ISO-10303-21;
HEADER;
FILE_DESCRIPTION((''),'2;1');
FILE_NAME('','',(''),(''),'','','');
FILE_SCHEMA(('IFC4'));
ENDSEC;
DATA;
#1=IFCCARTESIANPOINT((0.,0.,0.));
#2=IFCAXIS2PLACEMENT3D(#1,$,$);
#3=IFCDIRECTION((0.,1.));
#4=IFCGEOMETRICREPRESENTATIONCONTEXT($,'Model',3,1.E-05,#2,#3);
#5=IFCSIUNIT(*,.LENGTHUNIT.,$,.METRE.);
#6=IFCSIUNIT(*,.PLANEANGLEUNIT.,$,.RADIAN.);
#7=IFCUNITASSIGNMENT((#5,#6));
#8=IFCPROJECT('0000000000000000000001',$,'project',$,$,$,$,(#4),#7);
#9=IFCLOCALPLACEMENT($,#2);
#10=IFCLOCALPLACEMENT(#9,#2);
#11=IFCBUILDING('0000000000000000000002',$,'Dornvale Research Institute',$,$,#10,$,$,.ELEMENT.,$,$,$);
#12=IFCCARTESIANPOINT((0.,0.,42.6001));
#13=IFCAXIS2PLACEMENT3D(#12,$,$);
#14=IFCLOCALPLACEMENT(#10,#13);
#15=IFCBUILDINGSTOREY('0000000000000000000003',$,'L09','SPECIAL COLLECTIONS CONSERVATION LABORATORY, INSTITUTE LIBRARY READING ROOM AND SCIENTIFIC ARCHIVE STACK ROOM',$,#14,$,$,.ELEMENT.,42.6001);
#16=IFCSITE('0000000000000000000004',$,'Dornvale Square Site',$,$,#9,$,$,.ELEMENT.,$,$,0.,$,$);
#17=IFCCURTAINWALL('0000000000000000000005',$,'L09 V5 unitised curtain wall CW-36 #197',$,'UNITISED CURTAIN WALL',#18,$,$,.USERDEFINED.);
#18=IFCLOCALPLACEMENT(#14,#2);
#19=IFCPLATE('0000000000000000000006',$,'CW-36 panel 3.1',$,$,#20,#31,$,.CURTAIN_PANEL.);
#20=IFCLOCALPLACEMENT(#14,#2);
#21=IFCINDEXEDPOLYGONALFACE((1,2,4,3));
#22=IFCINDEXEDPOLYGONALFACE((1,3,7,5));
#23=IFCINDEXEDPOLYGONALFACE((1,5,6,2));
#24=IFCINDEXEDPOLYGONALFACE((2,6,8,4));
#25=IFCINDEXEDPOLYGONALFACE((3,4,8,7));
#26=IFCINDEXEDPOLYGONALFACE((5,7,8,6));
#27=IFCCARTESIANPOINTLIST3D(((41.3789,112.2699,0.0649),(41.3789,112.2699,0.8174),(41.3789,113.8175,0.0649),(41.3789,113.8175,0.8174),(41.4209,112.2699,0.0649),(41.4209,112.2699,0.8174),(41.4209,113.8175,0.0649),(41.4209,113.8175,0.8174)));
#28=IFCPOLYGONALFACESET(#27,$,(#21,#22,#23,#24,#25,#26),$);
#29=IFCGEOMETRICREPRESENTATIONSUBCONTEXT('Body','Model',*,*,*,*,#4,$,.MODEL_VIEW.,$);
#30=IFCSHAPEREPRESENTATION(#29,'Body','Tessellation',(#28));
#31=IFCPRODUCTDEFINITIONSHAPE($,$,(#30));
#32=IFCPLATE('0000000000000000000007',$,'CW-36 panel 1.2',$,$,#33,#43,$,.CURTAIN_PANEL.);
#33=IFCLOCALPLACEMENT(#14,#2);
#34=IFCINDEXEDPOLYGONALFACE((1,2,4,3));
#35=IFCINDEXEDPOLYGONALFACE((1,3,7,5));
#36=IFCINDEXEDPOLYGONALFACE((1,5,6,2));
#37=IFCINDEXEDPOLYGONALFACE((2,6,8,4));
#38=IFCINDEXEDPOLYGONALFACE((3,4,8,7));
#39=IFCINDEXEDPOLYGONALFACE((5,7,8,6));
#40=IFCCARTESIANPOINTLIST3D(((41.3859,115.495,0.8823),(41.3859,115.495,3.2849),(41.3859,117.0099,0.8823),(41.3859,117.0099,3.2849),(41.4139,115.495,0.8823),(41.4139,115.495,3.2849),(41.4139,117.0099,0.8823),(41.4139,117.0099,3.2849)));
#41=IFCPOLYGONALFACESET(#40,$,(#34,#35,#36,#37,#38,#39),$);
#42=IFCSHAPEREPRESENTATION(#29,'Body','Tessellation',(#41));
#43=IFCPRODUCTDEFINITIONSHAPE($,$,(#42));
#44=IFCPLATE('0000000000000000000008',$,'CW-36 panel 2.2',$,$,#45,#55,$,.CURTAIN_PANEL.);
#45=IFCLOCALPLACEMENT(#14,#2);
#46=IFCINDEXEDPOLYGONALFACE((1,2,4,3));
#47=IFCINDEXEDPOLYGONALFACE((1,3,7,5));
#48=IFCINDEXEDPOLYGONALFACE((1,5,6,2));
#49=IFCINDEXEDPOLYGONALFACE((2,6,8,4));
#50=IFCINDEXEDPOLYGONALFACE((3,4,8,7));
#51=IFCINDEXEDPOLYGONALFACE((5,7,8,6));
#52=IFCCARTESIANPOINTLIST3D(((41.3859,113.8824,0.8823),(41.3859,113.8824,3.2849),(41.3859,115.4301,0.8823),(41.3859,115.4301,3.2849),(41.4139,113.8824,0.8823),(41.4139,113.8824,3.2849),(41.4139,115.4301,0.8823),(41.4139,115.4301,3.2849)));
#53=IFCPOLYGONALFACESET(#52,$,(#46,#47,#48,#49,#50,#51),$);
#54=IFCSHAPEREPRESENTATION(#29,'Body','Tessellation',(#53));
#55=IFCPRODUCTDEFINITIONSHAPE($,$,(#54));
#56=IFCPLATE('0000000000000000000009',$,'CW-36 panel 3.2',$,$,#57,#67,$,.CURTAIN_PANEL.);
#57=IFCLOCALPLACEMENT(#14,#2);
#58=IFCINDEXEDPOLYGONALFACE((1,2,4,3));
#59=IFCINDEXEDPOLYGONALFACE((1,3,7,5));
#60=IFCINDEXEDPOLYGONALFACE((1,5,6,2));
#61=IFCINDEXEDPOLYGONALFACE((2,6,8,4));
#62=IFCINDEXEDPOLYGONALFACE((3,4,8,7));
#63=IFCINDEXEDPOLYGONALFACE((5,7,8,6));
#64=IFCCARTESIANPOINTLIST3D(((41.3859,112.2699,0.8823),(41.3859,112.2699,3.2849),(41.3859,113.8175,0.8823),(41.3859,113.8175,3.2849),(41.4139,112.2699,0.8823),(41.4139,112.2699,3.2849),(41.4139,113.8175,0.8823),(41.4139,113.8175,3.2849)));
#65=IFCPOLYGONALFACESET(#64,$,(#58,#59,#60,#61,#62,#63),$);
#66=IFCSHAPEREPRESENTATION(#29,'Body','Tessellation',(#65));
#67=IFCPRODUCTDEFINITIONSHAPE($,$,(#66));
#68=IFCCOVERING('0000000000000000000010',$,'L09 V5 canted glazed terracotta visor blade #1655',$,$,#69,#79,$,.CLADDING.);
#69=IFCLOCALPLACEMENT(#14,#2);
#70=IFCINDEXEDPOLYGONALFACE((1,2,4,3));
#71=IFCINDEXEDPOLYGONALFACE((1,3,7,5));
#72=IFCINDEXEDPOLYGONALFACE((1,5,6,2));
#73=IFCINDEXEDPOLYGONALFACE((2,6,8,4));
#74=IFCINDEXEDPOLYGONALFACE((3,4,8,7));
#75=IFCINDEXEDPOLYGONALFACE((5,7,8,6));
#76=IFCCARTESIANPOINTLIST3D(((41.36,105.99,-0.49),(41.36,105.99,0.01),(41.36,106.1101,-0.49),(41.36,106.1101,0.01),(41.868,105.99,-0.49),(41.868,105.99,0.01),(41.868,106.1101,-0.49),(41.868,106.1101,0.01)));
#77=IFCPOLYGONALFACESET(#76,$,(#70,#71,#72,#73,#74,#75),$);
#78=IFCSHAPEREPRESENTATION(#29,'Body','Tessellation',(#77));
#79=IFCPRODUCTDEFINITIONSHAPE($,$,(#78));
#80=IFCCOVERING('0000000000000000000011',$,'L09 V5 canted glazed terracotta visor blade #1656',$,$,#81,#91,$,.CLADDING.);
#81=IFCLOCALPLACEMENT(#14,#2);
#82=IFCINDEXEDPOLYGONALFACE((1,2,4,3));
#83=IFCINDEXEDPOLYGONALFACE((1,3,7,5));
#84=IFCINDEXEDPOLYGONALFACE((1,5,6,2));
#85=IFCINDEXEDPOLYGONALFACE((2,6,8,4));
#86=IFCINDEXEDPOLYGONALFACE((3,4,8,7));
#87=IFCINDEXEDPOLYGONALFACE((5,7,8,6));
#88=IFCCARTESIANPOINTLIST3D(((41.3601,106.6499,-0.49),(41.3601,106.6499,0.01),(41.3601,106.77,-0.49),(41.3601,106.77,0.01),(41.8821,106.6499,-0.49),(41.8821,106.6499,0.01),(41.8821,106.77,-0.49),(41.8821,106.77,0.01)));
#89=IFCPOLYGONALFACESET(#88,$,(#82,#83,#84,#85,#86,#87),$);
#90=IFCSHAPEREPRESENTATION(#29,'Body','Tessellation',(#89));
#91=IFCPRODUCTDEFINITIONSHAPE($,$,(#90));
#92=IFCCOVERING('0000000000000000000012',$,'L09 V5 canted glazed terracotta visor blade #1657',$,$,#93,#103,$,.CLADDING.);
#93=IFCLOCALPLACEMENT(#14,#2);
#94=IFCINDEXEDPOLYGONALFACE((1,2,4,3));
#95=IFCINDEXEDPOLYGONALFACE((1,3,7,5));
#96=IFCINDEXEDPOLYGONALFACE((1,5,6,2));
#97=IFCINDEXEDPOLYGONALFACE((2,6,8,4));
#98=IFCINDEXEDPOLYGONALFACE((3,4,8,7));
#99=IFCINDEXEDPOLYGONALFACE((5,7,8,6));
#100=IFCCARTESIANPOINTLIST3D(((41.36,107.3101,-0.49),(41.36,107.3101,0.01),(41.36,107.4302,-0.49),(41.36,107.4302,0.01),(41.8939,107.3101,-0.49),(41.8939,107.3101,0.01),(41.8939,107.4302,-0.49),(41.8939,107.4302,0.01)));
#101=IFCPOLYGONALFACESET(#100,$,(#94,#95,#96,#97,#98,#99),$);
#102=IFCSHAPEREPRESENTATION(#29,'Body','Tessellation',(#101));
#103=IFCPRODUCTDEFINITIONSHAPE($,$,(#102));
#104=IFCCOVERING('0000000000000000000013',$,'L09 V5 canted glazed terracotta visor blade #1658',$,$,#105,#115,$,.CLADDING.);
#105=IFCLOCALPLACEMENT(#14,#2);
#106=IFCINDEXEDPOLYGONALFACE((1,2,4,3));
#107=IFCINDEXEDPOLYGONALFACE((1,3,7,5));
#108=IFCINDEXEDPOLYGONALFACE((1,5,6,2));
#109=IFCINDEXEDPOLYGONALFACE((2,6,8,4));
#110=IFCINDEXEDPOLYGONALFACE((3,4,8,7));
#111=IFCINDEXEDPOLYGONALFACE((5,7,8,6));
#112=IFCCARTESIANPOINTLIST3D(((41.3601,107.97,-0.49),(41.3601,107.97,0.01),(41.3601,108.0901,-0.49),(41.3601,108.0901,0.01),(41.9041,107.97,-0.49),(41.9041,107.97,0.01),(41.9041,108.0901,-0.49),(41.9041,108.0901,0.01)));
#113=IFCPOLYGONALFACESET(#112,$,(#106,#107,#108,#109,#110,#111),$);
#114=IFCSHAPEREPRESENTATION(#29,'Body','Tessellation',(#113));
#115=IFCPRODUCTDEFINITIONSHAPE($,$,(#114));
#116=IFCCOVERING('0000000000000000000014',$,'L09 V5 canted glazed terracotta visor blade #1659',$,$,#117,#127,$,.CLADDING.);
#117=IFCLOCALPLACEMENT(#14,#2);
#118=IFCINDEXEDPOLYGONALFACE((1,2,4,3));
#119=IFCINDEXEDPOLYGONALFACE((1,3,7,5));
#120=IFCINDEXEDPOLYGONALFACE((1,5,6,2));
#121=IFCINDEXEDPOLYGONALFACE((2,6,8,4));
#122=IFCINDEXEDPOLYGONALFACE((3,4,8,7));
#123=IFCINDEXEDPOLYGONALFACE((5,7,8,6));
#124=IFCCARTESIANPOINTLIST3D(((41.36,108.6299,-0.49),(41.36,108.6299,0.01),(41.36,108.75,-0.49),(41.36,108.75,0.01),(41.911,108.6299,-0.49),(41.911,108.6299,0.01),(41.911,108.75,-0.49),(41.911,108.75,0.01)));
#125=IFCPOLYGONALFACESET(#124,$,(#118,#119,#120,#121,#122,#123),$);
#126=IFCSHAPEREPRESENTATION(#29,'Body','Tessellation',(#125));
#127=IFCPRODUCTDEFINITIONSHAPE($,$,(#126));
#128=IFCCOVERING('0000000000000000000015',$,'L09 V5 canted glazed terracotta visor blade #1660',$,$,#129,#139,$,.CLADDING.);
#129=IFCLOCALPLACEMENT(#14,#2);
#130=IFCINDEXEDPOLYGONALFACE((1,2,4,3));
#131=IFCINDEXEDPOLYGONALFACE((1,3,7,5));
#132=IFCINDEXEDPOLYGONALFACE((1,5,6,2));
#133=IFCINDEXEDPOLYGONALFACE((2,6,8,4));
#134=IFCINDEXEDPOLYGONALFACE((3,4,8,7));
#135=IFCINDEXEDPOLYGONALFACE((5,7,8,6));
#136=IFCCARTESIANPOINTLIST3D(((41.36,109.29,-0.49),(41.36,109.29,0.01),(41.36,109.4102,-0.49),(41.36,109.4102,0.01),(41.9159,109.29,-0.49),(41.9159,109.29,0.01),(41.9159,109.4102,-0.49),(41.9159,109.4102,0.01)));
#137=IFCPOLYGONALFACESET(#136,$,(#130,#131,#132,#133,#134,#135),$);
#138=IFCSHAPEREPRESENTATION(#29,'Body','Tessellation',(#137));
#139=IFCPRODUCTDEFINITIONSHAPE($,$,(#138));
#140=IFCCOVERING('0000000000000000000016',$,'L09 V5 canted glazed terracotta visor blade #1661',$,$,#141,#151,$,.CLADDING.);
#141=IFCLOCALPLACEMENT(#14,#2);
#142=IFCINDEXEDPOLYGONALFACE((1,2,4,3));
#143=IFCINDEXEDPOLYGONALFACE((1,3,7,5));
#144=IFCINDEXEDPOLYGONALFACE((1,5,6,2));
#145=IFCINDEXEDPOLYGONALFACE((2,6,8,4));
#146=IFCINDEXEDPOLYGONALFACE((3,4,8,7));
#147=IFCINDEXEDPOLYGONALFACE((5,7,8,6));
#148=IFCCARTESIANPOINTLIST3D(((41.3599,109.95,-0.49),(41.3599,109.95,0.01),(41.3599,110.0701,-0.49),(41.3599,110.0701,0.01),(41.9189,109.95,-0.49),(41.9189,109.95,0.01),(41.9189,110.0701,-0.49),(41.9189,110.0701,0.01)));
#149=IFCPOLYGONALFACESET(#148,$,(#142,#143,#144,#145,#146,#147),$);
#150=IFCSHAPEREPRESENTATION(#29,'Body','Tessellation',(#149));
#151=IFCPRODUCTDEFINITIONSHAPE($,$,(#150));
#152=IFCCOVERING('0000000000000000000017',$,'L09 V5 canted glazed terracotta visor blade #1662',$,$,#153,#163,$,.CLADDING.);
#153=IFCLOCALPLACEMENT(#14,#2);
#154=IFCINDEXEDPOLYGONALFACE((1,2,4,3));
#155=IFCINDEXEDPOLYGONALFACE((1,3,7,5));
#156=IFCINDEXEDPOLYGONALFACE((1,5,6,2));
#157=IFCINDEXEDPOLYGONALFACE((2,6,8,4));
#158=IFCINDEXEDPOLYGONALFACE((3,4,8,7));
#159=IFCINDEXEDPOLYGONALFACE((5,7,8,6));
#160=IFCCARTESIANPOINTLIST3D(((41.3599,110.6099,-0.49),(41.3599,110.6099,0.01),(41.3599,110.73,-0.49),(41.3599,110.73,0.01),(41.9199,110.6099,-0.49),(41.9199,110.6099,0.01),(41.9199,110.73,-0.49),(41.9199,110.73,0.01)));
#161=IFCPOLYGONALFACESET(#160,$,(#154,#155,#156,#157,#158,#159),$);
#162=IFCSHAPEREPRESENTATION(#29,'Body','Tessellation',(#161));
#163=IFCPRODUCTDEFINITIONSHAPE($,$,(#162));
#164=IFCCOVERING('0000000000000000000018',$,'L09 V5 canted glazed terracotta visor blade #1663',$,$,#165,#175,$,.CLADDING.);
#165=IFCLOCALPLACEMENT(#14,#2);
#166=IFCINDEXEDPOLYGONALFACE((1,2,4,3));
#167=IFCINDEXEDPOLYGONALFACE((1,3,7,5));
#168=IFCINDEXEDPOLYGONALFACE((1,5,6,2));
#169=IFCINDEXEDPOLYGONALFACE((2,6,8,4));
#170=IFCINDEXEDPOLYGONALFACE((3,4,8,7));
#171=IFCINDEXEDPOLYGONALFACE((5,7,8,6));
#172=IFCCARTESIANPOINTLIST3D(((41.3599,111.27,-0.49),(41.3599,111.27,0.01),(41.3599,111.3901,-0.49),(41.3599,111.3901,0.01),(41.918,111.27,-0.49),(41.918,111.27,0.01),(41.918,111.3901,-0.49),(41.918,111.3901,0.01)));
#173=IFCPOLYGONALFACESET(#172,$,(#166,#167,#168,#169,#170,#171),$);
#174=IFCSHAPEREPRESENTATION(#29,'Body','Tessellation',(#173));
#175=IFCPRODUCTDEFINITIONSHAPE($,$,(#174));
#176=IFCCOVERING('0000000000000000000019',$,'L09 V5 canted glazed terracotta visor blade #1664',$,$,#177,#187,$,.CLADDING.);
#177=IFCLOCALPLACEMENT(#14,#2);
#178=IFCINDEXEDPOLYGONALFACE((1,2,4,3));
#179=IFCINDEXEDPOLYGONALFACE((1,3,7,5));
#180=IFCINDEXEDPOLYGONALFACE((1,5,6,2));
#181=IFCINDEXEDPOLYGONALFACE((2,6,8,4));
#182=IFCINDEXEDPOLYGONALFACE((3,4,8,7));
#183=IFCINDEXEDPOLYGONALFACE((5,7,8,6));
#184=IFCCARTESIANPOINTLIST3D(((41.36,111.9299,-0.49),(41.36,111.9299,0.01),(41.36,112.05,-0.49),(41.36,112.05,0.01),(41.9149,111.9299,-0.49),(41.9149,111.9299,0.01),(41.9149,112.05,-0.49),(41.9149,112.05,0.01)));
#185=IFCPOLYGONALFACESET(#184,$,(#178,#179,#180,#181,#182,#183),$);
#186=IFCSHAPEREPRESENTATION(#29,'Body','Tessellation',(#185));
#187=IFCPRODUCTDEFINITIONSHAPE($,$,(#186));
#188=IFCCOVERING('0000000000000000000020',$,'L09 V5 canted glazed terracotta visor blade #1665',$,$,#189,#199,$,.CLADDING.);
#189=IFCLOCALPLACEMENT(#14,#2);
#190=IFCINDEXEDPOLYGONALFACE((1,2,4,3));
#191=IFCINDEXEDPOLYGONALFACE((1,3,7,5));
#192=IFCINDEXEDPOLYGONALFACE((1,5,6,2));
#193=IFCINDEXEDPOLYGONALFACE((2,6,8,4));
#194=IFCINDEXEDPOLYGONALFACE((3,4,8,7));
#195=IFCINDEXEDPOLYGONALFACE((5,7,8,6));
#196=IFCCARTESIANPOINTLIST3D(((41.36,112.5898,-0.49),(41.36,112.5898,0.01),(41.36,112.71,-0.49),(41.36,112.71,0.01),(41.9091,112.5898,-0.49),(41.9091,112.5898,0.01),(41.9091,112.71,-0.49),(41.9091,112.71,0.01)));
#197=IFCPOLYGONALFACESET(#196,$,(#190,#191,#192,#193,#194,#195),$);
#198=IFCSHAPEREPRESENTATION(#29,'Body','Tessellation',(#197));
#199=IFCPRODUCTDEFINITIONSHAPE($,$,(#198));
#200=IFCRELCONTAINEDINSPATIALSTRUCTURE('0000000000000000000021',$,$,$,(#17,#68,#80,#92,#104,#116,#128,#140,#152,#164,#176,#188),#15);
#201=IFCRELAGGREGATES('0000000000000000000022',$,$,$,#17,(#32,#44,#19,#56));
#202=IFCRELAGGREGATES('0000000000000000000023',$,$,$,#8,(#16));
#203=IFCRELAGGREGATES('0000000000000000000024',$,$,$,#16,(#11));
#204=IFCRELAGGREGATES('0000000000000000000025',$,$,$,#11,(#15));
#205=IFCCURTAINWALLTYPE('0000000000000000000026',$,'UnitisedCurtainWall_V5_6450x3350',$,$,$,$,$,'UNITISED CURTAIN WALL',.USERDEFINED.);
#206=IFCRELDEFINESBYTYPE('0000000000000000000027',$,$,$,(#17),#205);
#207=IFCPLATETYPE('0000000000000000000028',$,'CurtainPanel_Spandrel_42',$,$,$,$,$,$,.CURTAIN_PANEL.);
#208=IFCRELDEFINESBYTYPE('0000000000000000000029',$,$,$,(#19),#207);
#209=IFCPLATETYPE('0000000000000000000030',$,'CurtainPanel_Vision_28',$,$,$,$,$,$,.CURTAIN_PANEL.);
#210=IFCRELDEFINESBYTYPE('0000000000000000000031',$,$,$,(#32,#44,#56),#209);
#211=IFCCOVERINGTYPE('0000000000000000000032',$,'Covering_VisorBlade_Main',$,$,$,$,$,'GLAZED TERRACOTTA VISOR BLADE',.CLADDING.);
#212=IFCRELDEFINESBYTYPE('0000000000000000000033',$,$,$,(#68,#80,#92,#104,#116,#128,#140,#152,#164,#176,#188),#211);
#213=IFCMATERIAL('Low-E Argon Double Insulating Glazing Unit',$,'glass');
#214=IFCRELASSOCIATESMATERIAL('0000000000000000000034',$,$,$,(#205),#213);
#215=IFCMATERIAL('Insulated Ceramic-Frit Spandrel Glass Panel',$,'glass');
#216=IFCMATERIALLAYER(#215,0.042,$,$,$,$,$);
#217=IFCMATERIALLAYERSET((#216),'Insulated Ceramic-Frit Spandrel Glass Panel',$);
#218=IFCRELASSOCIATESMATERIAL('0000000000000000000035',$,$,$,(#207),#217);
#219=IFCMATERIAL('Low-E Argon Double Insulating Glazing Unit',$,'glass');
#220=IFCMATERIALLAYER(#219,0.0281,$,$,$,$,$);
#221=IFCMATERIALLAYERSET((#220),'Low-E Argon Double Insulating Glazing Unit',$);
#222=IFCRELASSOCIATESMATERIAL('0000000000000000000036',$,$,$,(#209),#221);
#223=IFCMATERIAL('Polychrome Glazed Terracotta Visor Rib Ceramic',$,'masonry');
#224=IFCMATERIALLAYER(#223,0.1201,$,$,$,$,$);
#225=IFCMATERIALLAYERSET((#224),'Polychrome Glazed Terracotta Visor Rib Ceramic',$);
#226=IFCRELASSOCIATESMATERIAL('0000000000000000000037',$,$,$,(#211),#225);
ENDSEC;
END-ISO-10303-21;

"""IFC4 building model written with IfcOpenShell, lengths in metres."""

from ifc_helpers import new_model, si_unit, direction, frame, origin, origin_2d, place, context, subcontext, project, spatial, rectangle, extrude, material, layer, layer_set, type_object, element, aggregate, save


model = new_model("IFC4")

# Units and contexts
model_context = context("Model", 3, precision=1e-05, world=origin(), true_north=direction((0.0, 1.0)))
body_context = subcontext(model_context, "Body", "Model", "MODEL_VIEW")
ifc_project = project(units=[si_unit("LENGTHUNIT", "METRE"), si_unit("PLANEANGLEUNIT", "RADIAN")], contexts=[model_context])

# Site, building, storey
site_placement = place(None, origin())
site = spatial("IfcSite", under=ifc_project, at=site_placement, Name="Dornvale Square Site", CompositionType="ELEMENT", RefElevation=0.0)
building_placement = place(site_placement, origin())
building = spatial("IfcBuilding", under=site, at=building_placement, Name="Dornvale Research Institute", CompositionType="ELEMENT")
storey_placement = place(building_placement, frame((0.0, 0.0, 42.6001)))
storey = spatial("IfcBuildingStorey", under=building, at=storey_placement, Name="L09", Description="SPECIAL COLLECTIONS CONSERVATION LABORATORY, INSTITUTE LIBRARY READING ROOM AND SCIENTIFIC ARCHIVE STACK ROOM", CompositionType="ELEMENT", Elevation=42.6001)

# Curtain wall, plates
ifc_material_1 = material(Name="Low-E Argon Double Insulating Glazing Unit", Category="glass")
curtain_wall_type = type_object("IfcCurtainWallType", Name="UnitisedCurtainWall_V5_6450x3350", ElementType="UNITISED CURTAIN WALL", PredefinedType="USERDEFINED", material=ifc_material_1)
curtain_wall_placement = place(storey_placement, origin())
curtain_wall = element("IfcCurtainWall", 1, at=curtain_wall_placement, inside=storey, type_object=curtain_wall_type, Name="L09 V5 unitised curtain wall CW-36 #197", ObjectType="UNITISED CURTAIN WALL", PredefinedType="USERDEFINED")
ifc_material_2 = material(Name="Insulated Ceramic-Frit Spandrel Glass Panel", Category="glass")
ifc_layer_1 = layer(ifc_material_2, 0.042)
ifc_layer_set_1 = layer_set([ifc_layer_1], Name="Insulated Ceramic-Frit Spandrel Glass Panel")
plate_type_1 = type_object("IfcPlateType", Name="CurtainPanel_Spandrel_42", PredefinedType="CURTAIN_PANEL", material=ifc_layer_set_1)
plate_1_placement = place(storey_placement, frame((41.3999, 113.0437, 0.0649), z_axis=(0.0, 0.0, 1.0), x_axis=(0.0, -1.0, 0.0)))
plate_1 = element("IfcPlate", 2, at=plate_1_placement, type_object=plate_type_1, Name="CW-36 panel 3.1", PredefinedType="CURTAIN_PANEL", context=body_context, shape_type="SweptSolid", body=[
    extrude(rectangle(XDim=1.5476, YDim=0.042, at=origin_2d()), origin(), (0.0, 0.0, 1.0), 0.7524),
])
ifc_material_3 = material(Name="Low-E Argon Double Insulating Glazing Unit", Category="glass")
ifc_layer_2 = layer(ifc_material_3, 0.0281)
ifc_layer_set_2 = layer_set([ifc_layer_2], Name="Low-E Argon Double Insulating Glazing Unit")
plate_type_2 = type_object("IfcPlateType", Name="CurtainPanel_Vision_28", PredefinedType="CURTAIN_PANEL", material=ifc_layer_set_2)
plate_2_placement = place(storey_placement, frame((41.3999, 116.2524, 0.8823), z_axis=(0.0, 0.0, 1.0), x_axis=(0.0, -1.0, 0.0)))
plate_2 = element("IfcPlate", 3, at=plate_2_placement, type_object=plate_type_2, Name="CW-36 panel 1.2", PredefinedType="CURTAIN_PANEL", context=body_context, shape_type="SweptSolid", body=[
    extrude(rectangle(XDim=1.5149, YDim=0.0281, at=origin_2d()), origin(), (0.0, 0.0, 1.0), 2.4026),
])
plate_3_placement = place(storey_placement, frame((41.3999, 114.6562, 0.8823), z_axis=(0.0, 0.0, 1.0), x_axis=(0.0, -1.0, 0.0)))
plate_3 = element("IfcPlate", 4, at=plate_3_placement, type_object=plate_type_2, Name="CW-36 panel 2.2", PredefinedType="CURTAIN_PANEL", context=body_context, shape_type="SweptSolid", body=[
    extrude(rectangle(XDim=1.5476, YDim=0.0281, at=origin_2d()), origin(), (0.0, 0.0, 1.0), 2.4026),
])
plate_4_placement = place(storey_placement, frame((41.3999, 113.0437, 0.8823), z_axis=(0.0, 0.0, 1.0), x_axis=(0.0, -1.0, 0.0)))
plate_4 = element("IfcPlate", 5, at=plate_4_placement, type_object=plate_type_2, Name="CW-36 panel 3.2", PredefinedType="CURTAIN_PANEL", context=body_context, shape_type="SweptSolid", body=[
    extrude(rectangle(XDim=1.5476, YDim=0.0281, at=origin_2d()), origin(), (0.0, 0.0, 1.0), 2.4026),
])
aggregate(curtain_wall, [plate_2, plate_3, plate_1, plate_4])

# Coverings
ifc_material_4 = material(Name="Polychrome Glazed Terracotta Visor Rib Ceramic", Category="masonry")
ifc_layer_3 = layer(ifc_material_4, 0.1201)
ifc_layer_set_3 = layer_set([ifc_layer_3], Name="Polychrome Glazed Terracotta Visor Rib Ceramic")
covering_type = type_object("IfcCoveringType", Name="Covering_VisorBlade_Main", ElementType="GLAZED TERRACOTTA VISOR BLADE", PredefinedType="CLADDING", material=ifc_layer_set_3)
covering_1_placement = place(storey_placement, frame((41.614, 106.05, -0.49), z_axis=(0.0, 0.0, 1.0), x_axis=(1.0, 0.0, 0.0)))
element("IfcCovering", 6, at=covering_1_placement, inside=storey, type_object=covering_type, Name="L09 V5 canted glazed terracotta visor blade #1655", PredefinedType="CLADDING", context=body_context, shape_type="SweptSolid", body=[
    extrude(rectangle(XDim=0.5081, YDim=0.1201, at=origin_2d()), origin(), (0.0, 0.0, 1.0), 0.5),
])
covering_2_placement = place(storey_placement, frame((41.6211, 106.71, -0.49), z_axis=(0.0, 0.0, 1.0), x_axis=(1.0, 0.0, 0.0)))
element("IfcCovering", 7, at=covering_2_placement, inside=storey, type_object=covering_type, Name="L09 V5 canted glazed terracotta visor blade #1656", PredefinedType="CLADDING", context=body_context, shape_type="SweptSolid", body=[
    extrude(rectangle(XDim=0.522, YDim=0.1201, at=origin_2d()), origin(), (0.0, 0.0, 1.0), 0.5),
])
covering_3_placement = place(storey_placement, frame((41.627, 107.3701, -0.49), z_axis=(0.0, 0.0, 1.0), x_axis=(1.0, 0.0, 0.0)))
element("IfcCovering", 8, at=covering_3_placement, inside=storey, type_object=covering_type, Name="L09 V5 canted glazed terracotta visor blade #1657", PredefinedType="CLADDING", context=body_context, shape_type="SweptSolid", body=[
    extrude(rectangle(XDim=0.5339, YDim=0.1201, at=origin_2d()), origin(), (0.0, 0.0, 1.0), 0.5),
])
covering_4_placement = place(storey_placement, frame((41.6321, 108.03, -0.49), z_axis=(0.0, 0.0, 1.0), x_axis=(1.0, 0.0, 0.0)))
element("IfcCovering", 9, at=covering_4_placement, inside=storey, type_object=covering_type, Name="L09 V5 canted glazed terracotta visor blade #1658", PredefinedType="CLADDING", context=body_context, shape_type="SweptSolid", body=[
    extrude(rectangle(XDim=0.5439, YDim=0.1201, at=origin_2d()), origin(), (0.0, 0.0, 1.0), 0.5),
])
covering_5_placement = place(storey_placement, frame((41.6355, 108.6899, -0.49), z_axis=(0.0, 0.0, 1.0), x_axis=(1.0, 0.0, 0.0)))
element("IfcCovering", 10, at=covering_5_placement, inside=storey, type_object=covering_type, Name="L09 V5 canted glazed terracotta visor blade #1659", PredefinedType="CLADDING", context=body_context, shape_type="SweptSolid", body=[
    extrude(rectangle(XDim=0.551, YDim=0.1201, at=origin_2d()), origin(), (0.0, 0.0, 1.0), 0.5),
])
covering_6_placement = place(storey_placement, frame((41.6379, 109.3501, -0.49), z_axis=(0.0, 0.0, 1.0), x_axis=(1.0, 0.0, 0.0)))
element("IfcCovering", 11, at=covering_6_placement, inside=storey, type_object=covering_type, Name="L09 V5 canted glazed terracotta visor blade #1660", PredefinedType="CLADDING", context=body_context, shape_type="SweptSolid", body=[
    extrude(rectangle(XDim=0.5559, YDim=0.1201, at=origin_2d()), origin(), (0.0, 0.0, 1.0), 0.5),
])
covering_7_placement = place(storey_placement, frame((41.6394, 110.01, -0.49), z_axis=(0.0, 0.0, 1.0), x_axis=(1.0, 0.0, 0.0)))
element("IfcCovering", 12, at=covering_7_placement, inside=storey, type_object=covering_type, Name="L09 V5 canted glazed terracotta visor blade #1661", PredefinedType="CLADDING", context=body_context, shape_type="SweptSolid", body=[
    extrude(rectangle(XDim=0.5591, YDim=0.1201, at=origin_2d()), origin(), (0.0, 0.0, 1.0), 0.5),
])
covering_8_placement = place(storey_placement, frame((41.6399, 110.6699, -0.49), z_axis=(0.0, 0.0, 1.0), x_axis=(1.0, 0.0, 0.0)))
element("IfcCovering", 13, at=covering_8_placement, inside=storey, type_object=covering_type, Name="L09 V5 canted glazed terracotta visor blade #1662", PredefinedType="CLADDING", context=body_context, shape_type="SweptSolid", body=[
    extrude(rectangle(XDim=0.5601, YDim=0.1201, at=origin_2d()), origin(), (0.0, 0.0, 1.0), 0.5),
])
covering_9_placement = place(storey_placement, frame((41.6389, 111.3301, -0.49), z_axis=(0.0, 0.0, 1.0), x_axis=(1.0, 0.0, 0.0)))
element("IfcCovering", 14, at=covering_9_placement, inside=storey, type_object=covering_type, Name="L09 V5 canted glazed terracotta visor blade #1663", PredefinedType="CLADDING", context=body_context, shape_type="SweptSolid", body=[
    extrude(rectangle(XDim=0.5581, YDim=0.1201, at=origin_2d()), origin(), (0.0, 0.0, 1.0), 0.5),
])
covering_10_placement = place(storey_placement, frame((41.6375, 111.99, -0.49), z_axis=(0.0, 0.0, 1.0), x_axis=(1.0, 0.0, 0.0)))
element("IfcCovering", 15, at=covering_10_placement, inside=storey, type_object=covering_type, Name="L09 V5 canted glazed terracotta visor blade #1664", PredefinedType="CLADDING", context=body_context, shape_type="SweptSolid", body=[
    extrude(rectangle(XDim=0.5549, YDim=0.1201, at=origin_2d()), origin(), (0.0, 0.0, 1.0), 0.5),
])
covering_11_placement = place(storey_placement, frame((41.6345, 112.6499, -0.49), z_axis=(0.0, 0.0, 1.0), x_axis=(1.0, 0.0, 0.0)))
element("IfcCovering", 16, at=covering_11_placement, inside=storey, type_object=covering_type, Name="L09 V5 canted glazed terracotta visor blade #1665", PredefinedType="CLADDING", context=body_context, shape_type="SweptSolid", body=[
    extrude(rectangle(XDim=0.5491, YDim=0.1201, at=origin_2d()), origin(), (0.0, 0.0, 1.0), 0.5),
])

save(model, "model.ifc")
